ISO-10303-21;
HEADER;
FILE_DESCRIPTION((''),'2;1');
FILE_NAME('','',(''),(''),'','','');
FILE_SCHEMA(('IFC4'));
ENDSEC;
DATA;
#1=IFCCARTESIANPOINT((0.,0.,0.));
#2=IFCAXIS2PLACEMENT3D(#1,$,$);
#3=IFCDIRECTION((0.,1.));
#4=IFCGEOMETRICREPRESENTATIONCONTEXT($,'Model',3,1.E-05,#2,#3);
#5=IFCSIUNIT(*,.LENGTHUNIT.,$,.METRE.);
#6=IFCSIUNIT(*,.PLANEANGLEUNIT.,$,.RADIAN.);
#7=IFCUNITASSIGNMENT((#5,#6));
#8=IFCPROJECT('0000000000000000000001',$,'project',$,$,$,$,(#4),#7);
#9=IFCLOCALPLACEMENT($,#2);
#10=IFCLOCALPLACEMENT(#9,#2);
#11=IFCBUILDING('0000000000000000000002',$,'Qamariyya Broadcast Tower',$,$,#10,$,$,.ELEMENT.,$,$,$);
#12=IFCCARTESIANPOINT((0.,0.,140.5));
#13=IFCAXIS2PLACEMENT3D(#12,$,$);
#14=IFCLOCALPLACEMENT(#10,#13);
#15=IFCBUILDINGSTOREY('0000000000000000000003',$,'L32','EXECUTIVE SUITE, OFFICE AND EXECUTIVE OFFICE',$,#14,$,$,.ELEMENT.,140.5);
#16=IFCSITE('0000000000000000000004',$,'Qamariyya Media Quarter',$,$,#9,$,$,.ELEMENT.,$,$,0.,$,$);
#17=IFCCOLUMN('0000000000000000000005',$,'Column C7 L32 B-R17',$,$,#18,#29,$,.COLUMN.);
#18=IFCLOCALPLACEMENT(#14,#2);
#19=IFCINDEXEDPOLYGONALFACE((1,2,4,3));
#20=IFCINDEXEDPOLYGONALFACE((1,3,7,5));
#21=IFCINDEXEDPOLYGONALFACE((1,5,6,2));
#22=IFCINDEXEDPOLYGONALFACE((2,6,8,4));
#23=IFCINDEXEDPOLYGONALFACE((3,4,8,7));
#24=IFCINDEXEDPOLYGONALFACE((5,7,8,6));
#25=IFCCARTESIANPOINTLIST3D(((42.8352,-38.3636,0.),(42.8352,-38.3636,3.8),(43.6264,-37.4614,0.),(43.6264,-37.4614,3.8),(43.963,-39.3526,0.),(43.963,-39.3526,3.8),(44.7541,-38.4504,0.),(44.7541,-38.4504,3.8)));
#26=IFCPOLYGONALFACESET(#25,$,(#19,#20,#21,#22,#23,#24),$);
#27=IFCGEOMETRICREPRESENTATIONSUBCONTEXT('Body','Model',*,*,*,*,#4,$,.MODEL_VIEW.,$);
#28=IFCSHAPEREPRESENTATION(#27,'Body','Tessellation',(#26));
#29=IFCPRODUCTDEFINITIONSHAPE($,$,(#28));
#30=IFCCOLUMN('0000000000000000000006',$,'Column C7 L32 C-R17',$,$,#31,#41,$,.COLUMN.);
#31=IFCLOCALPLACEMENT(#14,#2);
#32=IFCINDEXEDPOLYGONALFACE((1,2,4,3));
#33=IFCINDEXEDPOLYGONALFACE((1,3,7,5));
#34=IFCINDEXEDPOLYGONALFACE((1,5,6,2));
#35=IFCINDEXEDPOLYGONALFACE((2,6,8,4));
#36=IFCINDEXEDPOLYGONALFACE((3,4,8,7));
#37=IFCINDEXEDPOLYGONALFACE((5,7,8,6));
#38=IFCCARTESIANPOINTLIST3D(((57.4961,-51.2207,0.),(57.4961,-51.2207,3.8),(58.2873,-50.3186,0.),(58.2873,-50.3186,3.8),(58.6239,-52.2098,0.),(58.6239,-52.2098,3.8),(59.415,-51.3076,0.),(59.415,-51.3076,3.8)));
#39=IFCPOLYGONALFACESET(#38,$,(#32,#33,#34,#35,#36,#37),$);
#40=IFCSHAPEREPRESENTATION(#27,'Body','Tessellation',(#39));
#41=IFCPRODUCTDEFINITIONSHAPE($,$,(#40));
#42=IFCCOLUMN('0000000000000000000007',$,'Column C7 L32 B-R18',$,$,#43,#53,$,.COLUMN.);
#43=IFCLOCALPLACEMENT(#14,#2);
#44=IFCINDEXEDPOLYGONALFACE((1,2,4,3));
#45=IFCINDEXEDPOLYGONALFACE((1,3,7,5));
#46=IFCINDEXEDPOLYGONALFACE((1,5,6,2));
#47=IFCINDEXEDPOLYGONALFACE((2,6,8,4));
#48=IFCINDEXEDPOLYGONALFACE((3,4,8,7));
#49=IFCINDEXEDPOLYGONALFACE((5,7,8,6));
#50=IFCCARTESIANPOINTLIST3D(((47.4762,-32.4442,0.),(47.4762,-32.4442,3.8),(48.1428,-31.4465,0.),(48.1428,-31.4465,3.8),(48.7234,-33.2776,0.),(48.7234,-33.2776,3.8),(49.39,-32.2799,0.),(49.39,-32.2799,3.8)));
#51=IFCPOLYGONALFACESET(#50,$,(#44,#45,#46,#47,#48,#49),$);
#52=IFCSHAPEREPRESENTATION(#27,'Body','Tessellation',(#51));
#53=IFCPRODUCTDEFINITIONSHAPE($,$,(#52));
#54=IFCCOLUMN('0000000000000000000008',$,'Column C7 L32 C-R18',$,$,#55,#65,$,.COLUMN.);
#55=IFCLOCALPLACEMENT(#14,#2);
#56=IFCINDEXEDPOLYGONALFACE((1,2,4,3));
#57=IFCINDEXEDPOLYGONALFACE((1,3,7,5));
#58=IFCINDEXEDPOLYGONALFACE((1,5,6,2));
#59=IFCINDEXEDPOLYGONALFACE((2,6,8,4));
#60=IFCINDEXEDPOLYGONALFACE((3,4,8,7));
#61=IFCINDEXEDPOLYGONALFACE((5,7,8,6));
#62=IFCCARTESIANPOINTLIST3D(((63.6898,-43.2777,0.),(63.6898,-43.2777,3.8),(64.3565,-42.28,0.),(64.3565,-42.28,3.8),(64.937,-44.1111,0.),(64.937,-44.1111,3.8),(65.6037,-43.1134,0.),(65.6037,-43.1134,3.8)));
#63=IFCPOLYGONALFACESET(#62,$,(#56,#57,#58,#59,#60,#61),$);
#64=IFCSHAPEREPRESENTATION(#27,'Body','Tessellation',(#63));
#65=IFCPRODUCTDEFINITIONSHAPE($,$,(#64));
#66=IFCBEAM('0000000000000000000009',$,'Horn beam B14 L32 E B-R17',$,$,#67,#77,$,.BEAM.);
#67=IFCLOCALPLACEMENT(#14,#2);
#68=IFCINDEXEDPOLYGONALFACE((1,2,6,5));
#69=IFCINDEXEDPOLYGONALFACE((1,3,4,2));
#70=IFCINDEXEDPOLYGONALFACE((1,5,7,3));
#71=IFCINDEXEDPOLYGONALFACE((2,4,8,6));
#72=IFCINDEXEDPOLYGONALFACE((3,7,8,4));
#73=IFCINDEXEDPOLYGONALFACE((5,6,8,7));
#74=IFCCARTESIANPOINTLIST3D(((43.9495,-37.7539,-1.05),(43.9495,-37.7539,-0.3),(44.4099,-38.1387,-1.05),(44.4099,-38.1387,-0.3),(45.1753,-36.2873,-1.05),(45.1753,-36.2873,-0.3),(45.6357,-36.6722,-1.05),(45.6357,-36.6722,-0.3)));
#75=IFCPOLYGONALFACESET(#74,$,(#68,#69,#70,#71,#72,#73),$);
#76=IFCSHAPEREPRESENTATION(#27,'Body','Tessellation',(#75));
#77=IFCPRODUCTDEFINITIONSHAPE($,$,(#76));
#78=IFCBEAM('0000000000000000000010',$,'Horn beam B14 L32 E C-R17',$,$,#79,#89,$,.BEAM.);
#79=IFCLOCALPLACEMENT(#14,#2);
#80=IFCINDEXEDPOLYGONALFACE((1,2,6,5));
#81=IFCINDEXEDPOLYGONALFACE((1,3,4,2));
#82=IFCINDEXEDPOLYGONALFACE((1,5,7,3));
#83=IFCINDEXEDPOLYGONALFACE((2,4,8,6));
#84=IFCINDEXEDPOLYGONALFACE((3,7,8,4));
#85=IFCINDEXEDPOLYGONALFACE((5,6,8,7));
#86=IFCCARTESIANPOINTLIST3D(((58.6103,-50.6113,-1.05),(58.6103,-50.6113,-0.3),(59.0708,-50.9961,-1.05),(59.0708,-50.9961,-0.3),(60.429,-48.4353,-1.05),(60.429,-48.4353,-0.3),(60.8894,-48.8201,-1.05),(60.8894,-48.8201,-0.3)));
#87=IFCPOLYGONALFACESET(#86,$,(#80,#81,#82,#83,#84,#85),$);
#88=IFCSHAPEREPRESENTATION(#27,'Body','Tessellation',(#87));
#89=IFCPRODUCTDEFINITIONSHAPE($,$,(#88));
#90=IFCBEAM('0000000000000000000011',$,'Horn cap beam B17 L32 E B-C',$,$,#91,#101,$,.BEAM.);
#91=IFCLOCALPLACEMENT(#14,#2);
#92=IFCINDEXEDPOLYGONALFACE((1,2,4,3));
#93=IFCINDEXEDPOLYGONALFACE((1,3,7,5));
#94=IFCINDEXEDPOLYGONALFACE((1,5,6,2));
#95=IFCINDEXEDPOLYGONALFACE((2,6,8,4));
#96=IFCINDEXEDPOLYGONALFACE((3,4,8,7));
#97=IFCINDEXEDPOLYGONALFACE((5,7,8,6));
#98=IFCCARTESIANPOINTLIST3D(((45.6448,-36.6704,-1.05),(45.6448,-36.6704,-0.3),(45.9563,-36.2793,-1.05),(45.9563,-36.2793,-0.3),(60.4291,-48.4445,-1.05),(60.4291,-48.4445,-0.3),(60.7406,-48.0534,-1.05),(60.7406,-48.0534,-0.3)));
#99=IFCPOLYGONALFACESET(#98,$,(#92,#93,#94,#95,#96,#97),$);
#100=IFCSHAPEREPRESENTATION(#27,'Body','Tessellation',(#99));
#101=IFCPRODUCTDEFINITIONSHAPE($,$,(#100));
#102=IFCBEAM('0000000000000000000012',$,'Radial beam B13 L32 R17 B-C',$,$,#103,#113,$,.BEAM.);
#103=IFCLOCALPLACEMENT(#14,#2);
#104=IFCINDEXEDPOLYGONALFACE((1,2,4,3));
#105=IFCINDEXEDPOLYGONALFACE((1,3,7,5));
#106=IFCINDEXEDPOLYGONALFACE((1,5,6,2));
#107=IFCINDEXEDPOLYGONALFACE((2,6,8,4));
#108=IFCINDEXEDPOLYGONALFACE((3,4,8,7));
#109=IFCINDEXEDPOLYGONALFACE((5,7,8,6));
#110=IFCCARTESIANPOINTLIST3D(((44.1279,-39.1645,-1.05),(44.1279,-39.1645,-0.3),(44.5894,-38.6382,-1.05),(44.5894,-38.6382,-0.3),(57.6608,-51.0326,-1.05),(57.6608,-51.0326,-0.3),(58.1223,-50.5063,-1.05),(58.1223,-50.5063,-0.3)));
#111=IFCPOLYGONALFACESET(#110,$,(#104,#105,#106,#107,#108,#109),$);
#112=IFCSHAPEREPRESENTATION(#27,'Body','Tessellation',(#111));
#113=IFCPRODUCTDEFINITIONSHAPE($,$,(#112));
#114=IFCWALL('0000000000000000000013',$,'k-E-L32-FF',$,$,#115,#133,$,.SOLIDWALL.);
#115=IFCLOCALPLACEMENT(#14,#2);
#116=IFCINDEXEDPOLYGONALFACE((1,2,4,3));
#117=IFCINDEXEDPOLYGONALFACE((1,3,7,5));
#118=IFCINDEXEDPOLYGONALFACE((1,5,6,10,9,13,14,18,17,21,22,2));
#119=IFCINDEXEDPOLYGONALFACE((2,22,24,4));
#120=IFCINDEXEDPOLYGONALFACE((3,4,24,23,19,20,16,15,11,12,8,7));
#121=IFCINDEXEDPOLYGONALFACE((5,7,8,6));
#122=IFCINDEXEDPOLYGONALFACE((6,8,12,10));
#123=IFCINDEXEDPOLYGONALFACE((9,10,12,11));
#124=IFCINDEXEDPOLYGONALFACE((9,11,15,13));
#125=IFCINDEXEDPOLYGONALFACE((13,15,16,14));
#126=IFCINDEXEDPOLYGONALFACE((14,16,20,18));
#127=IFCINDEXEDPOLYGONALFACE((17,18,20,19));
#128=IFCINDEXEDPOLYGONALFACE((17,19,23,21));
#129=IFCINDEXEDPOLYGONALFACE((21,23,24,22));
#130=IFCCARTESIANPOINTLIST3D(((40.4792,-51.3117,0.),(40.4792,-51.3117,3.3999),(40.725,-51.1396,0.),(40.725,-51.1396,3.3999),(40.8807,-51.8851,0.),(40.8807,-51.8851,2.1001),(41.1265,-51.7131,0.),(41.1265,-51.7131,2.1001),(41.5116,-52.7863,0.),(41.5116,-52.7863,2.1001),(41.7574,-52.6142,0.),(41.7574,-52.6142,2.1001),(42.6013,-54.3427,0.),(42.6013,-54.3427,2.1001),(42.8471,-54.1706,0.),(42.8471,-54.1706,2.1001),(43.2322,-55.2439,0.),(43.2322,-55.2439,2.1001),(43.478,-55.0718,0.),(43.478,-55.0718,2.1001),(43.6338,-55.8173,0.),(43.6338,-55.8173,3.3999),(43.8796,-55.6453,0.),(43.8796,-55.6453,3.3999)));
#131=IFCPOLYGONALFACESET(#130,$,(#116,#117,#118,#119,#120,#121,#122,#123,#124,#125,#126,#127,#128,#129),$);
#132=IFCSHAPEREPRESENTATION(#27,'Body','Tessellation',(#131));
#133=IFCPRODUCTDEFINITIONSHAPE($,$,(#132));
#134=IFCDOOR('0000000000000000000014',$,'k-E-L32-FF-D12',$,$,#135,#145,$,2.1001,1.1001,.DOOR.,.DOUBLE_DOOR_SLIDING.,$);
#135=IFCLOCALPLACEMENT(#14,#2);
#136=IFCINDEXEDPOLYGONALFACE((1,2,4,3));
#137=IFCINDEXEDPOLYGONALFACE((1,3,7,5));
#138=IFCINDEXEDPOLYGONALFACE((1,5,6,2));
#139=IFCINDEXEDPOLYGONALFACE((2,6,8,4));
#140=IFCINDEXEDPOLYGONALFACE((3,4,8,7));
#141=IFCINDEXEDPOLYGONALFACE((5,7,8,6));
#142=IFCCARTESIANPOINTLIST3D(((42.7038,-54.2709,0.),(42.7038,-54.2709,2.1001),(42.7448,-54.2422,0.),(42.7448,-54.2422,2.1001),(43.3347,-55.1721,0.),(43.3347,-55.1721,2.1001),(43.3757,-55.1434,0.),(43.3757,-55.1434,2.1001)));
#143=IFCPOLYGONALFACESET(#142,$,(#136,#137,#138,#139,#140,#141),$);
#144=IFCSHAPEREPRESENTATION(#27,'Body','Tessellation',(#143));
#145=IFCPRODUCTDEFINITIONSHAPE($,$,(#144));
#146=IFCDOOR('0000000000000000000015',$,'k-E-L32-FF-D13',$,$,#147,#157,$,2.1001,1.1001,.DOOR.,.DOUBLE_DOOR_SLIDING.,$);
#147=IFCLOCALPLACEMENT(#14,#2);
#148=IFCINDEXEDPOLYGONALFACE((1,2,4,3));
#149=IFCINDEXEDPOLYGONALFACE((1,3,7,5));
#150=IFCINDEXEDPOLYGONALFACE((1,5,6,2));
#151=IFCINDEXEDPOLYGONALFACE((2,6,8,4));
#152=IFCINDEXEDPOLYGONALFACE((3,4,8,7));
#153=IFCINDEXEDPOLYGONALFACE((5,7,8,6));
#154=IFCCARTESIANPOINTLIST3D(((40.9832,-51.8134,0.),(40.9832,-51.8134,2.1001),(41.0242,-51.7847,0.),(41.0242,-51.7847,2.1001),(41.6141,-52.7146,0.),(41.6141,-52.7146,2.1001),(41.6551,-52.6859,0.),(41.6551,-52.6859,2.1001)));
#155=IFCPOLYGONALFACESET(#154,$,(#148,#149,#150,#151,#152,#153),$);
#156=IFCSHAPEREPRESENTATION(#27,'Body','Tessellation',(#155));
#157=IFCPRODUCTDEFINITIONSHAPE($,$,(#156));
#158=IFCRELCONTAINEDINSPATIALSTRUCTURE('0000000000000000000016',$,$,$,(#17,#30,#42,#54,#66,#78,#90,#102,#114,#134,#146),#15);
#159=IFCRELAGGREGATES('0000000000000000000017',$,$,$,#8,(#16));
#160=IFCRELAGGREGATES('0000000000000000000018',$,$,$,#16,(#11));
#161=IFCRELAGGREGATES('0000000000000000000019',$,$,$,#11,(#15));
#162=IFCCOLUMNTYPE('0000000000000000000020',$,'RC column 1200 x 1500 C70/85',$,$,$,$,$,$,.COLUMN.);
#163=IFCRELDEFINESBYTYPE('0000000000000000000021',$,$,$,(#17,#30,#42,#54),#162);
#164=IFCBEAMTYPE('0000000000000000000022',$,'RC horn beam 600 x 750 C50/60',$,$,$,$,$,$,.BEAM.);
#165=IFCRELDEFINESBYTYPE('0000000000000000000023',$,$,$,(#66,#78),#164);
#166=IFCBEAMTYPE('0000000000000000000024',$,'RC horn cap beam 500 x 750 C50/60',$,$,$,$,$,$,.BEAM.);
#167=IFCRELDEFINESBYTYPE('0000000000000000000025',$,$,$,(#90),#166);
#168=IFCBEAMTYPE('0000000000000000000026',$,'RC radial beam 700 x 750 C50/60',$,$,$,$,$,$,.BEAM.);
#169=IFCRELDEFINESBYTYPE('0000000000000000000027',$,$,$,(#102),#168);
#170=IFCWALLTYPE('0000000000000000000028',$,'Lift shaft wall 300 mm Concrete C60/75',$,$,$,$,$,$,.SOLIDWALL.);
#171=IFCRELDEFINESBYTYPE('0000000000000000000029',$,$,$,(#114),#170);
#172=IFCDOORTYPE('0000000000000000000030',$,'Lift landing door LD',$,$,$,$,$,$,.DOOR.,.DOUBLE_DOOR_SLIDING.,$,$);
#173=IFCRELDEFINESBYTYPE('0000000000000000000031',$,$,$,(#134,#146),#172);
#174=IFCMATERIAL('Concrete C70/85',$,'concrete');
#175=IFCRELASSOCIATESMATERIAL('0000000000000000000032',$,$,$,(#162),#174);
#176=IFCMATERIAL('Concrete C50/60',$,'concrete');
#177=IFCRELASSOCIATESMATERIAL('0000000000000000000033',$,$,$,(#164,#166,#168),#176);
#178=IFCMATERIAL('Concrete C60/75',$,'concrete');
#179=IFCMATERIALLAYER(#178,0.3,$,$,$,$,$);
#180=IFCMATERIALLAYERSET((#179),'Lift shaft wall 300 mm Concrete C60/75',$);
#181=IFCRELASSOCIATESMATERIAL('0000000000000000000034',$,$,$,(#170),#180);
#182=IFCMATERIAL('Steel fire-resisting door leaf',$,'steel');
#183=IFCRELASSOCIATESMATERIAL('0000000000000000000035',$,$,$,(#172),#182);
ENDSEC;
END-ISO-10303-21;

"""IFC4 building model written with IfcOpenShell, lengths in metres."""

from ifc_helpers import new_model, si_unit, direction, frame, frame_2d, origin, origin_2d, place, context, subcontext, project, spatial, rectangle, extrude, material, layer, layer_set, material_profile, profile_set, type_object, element, fill, save


model = new_model("IFC4")

# Units and contexts
model_context = context("Model", 3, precision=1e-05, world=origin(), true_north=direction((0.0, 1.0)))
body_context = subcontext(model_context, "Body", "Model", "MODEL_VIEW")
ifc_project = project(units=[si_unit("LENGTHUNIT", "METRE"), si_unit("PLANEANGLEUNIT", "RADIAN")], contexts=[model_context])

# Site, building, storey
site_placement = place(None, origin())
site = spatial("IfcSite", under=ifc_project, at=site_placement, Name="Qamariyya Media Quarter", CompositionType="ELEMENT", RefElevation=0.0)
building_placement = place(site_placement, origin())
building = spatial("IfcBuilding", under=site, at=building_placement, Name="Qamariyya Broadcast Tower", CompositionType="ELEMENT")
storey_placement = place(building_placement, frame((0.0, 0.0, 140.5)))
storey = spatial("IfcBuildingStorey", under=building, at=storey_placement, Name="L32", Description="EXECUTIVE SUITE, OFFICE AND EXECUTIVE OFFICE", CompositionType="ELEMENT", Elevation=140.5)

# Columns
ifc_material_1 = material(Name="Concrete C70/85", Category="concrete")
ifc_material_profile_1 = material_profile(ifc_material_1, rectangle(XDim=1.2, YDim=1.5, at=origin_2d()))
ifc_profile_set_1 = profile_set([ifc_material_profile_1], Name="Concrete C70/85")
column_type = type_object("IfcColumnType", Name="RC column 1200 x 1500 C70/85", PredefinedType="COLUMN", material=ifc_profile_set_1)
for number, where, z_axis, x_axis, name in (
    (1, (43.7947, -38.407, 0.0), (0.0, 0.0, 1.0), (0.659346, 0.75184, 0.0), "Column C7 L32 B-R17"),
    (2, (58.4556, -51.2642, 0.0), (0.0, 0.0, 1.0), (0.659346, 0.75184, 0.0), "Column C7 L32 C-R17"),
    (3, (48.4331, -32.3621, 0.0), (0.0, 0.0, 1.0), (0.55557, 0.83147, 0.0), "Column C7 L32 B-R18"),
    (4, (64.6467, -43.1956, 0.0), (0.0, 0.0, 1.0), (0.55557, 0.83147, 0.0), "Column C7 L32 C-R18"),
):
    element("IfcColumn", number, at=place(storey_placement, frame(where, z_axis=z_axis, x_axis=x_axis)), inside=storey, type_object=column_type, Name=name, PredefinedType="COLUMN", context=body_context, shape_type="SweptSolid", body=[
        extrude(rectangle(XDim=1.2, YDim=1.5, at=origin_2d()), origin(), (0.0, 0.0, 1.0), 3.8),
    ])

# Beams
ifc_material_2 = material(Name="Concrete C50/60", Category="concrete")
ifc_material_profile_2 = material_profile(ifc_material_2, rectangle(XDim=0.6001, YDim=0.75, at=origin_2d()))
ifc_profile_set_2 = profile_set([ifc_material_profile_2], Name="Concrete C50/60")
beam_type_1 = type_object("IfcBeamType", Name="RC horn beam 600 x 750 C50/60", PredefinedType="BEAM", material=ifc_profile_set_2)
beam_1_placement = place(storey_placement, frame((44.1797, -37.9463, -0.675), z_axis=(0.641327, 0.767268, 0.0), x_axis=(-0.767268, 0.641327, 0.0)))
element("IfcBeam", 5, at=beam_1_placement, inside=storey, type_object=beam_type_1, Name="Horn beam B14 L32 E B-R17", PredefinedType="BEAM", context=body_context, shape_type="SweptSolid", body=[
    extrude(rectangle(XDim=0.6001, YDim=0.75, at=origin_2d()), origin(), (0.0, 0.0, 1.0), 1.9114),
])
beam_2_placement = place(storey_placement, frame((58.8406, -50.8037, -0.675), z_axis=(0.641276, 0.76731, 0.0), x_axis=(-0.76731, 0.641276, 0.0)))
element("IfcBeam", 6, at=beam_2_placement, inside=storey, type_object=beam_type_1, Name="Horn beam B14 L32 E C-R17", PredefinedType="BEAM", context=body_context, shape_type="SweptSolid", body=[
    extrude(rectangle(XDim=0.6001, YDim=0.75, at=origin_2d()), origin(), (0.0, 0.0, 1.0), 2.8359),
])
ifc_material_profile_3 = material_profile(ifc_material_2, rectangle(XDim=0.5, YDim=0.75, at=origin_2d()))
ifc_profile_set_3 = profile_set([ifc_material_profile_3], Name="Concrete C50/60")
beam_type_2 = type_object("IfcBeamType", Name="RC horn cap beam 500 x 750 C50/60", PredefinedType="BEAM", material=ifc_profile_set_3)
beam_3_placement = place(storey_placement, frame((45.8005, -36.4749, -0.675), z_axis=(0.782244, -0.622972, 0.0), x_axis=(0.622972, 0.782244, 0.0)))
element("IfcBeam", 7, at=beam_3_placement, inside=storey, type_object=beam_type_2, Name="Horn cap beam B17 L32 E B-C", PredefinedType="BEAM", context=body_context, shape_type="SweptSolid", body=[
    extrude(rectangle(XDim=0.5, YDim=0.75, at=origin_2d()), origin(), (0.0, 0.0, 1.0), 18.8999),
])
ifc_material_profile_4 = material_profile(ifc_material_2, rectangle(XDim=0.7, YDim=0.75, at=origin_2d()))
ifc_profile_set_4 = profile_set([ifc_material_profile_4], Name="Concrete C50/60")
beam_type_3 = type_object("IfcBeamType", Name="RC radial beam 700 x 750 C50/60", PredefinedType="BEAM", material=ifc_profile_set_4)
beam_4_placement = place(storey_placement, frame((44.3586, -38.9014, -0.675), z_axis=(0.751838, -0.659348, 0.0), x_axis=(0.659348, 0.751838, 0.0)))
element("IfcBeam", 8, at=beam_4_placement, inside=storey, type_object=beam_type_3, Name="Radial beam B13 L32 R17 B-C", PredefinedType="BEAM", context=body_context, shape_type="SweptSolid", body=[
    extrude(rectangle(XDim=0.7, YDim=0.75, at=origin_2d()), origin(), (0.0, 0.0, 1.0), 17.9998),
])

# Wall, openings, doors
ifc_material_3 = material(Name="Concrete C60/75", Category="concrete")
ifc_layer_1 = layer(ifc_material_3, 0.3)
ifc_layer_set_1 = layer_set([ifc_layer_1], Name="Lift shaft wall 300 mm Concrete C60/75")
wall_type_1 = type_object("IfcWallType", Name="Lift shaft wall 300 mm Concrete C60/75", PredefinedType="SOLIDWALL", material=ifc_layer_set_1)
wall_1_placement = place(storey_placement, frame((43.7566, -55.7312, 0.0), z_axis=(0.0, 0.0, 1.0), x_axis=(-0.573537, 0.81918, 0.0)))
wall_1 = element("IfcWall", 9, at=wall_1_placement, inside=storey, type_object=wall_type_1, Name="k-E-L32-FF", PredefinedType="SOLIDWALL", context=body_context, shape_type="SweptSolid", body=[
    extrude(rectangle(XDim=5.5002, YDim=0.3, at=frame_2d((2.75, 0.0))), origin(), (0.0, 0.0, 1.0), 3.3999),
])
opening_1_placement = place(wall_1_placement, frame((0.7, 0.0, 0.0)))
opening_1 = element("IfcOpeningElement", 10, at=opening_1_placement, cuts=wall_1, PredefinedType="OPENING", context=body_context, shape_type="SweptSolid", body=[
    extrude(rectangle(XDim=1.1001, YDim=2.1001, at=frame_2d((0.55, 1.05))), frame((0.0, 0.1599, 0.0), z_axis=(0.0, -1.0, 0.0), x_axis=(1.0, 0.0, 0.0)), (0.0, 0.0, 1.0), 0.3201),
])
opening_2_placement = place(wall_1_placement, frame((3.7, 0.0, 0.0)))
opening_2 = element("IfcOpeningElement", 11, at=opening_2_placement, cuts=wall_1, PredefinedType="OPENING", context=body_context, shape_type="SweptSolid", body=[
    extrude(rectangle(XDim=1.1001, YDim=2.1001, at=frame_2d((0.55, 1.05))), frame((0.0, 0.1599, 0.0), z_axis=(0.0, -1.0, 0.0), x_axis=(1.0, 0.0, 0.0)), (0.0, 0.0, 1.0), 0.3201),
])
ifc_material_4 = material(Name="Steel fire-resisting door leaf", Category="steel")
door_type = type_object("IfcDoorType", Name="Lift landing door LD", OperationType="DOUBLE_DOOR_SLIDING", PredefinedType="DOOR", material=ifc_material_4)
door_1_placement = place(opening_1_placement, origin())
door_1 = element("IfcDoor", 12, at=door_1_placement, inside=storey, type_object=door_type, Name="k-E-L32-FF-D12", OperationType="DOUBLE_DOOR_SLIDING", OverallHeight=2.1001, OverallWidth=1.1001, PredefinedType="DOOR", context=body_context, shape_type="SweptSolid", body=[
    extrude(rectangle(XDim=1.1001, YDim=2.1001, at=frame_2d((0.55, 1.05))), frame((0.0, 0.0249, 0.0), z_axis=(0.0, -1.0, 0.0), x_axis=(1.0, 0.0, 0.0)), (0.0, 0.0, 1.0), 0.05),
])
fill(opening_1, door_1)
door_2_placement = place(opening_2_placement, origin())
door_2 = element("IfcDoor", 13, at=door_2_placement, inside=storey, type_object=door_type, Name="k-E-L32-FF-D13", OperationType="DOUBLE_DOOR_SLIDING", OverallHeight=2.1001, OverallWidth=1.1001, PredefinedType="DOOR", context=body_context, shape_type="SweptSolid", body=[
    extrude(rectangle(XDim=1.1001, YDim=2.1001, at=frame_2d((0.55, 1.05))), frame((0.0, 0.0249, 0.0), z_axis=(0.0, -1.0, 0.0), x_axis=(1.0, 0.0, 0.0)), (0.0, 0.0, 1.0), 0.05),
])
fill(opening_2, door_2)

save(model, "model.ifc")
